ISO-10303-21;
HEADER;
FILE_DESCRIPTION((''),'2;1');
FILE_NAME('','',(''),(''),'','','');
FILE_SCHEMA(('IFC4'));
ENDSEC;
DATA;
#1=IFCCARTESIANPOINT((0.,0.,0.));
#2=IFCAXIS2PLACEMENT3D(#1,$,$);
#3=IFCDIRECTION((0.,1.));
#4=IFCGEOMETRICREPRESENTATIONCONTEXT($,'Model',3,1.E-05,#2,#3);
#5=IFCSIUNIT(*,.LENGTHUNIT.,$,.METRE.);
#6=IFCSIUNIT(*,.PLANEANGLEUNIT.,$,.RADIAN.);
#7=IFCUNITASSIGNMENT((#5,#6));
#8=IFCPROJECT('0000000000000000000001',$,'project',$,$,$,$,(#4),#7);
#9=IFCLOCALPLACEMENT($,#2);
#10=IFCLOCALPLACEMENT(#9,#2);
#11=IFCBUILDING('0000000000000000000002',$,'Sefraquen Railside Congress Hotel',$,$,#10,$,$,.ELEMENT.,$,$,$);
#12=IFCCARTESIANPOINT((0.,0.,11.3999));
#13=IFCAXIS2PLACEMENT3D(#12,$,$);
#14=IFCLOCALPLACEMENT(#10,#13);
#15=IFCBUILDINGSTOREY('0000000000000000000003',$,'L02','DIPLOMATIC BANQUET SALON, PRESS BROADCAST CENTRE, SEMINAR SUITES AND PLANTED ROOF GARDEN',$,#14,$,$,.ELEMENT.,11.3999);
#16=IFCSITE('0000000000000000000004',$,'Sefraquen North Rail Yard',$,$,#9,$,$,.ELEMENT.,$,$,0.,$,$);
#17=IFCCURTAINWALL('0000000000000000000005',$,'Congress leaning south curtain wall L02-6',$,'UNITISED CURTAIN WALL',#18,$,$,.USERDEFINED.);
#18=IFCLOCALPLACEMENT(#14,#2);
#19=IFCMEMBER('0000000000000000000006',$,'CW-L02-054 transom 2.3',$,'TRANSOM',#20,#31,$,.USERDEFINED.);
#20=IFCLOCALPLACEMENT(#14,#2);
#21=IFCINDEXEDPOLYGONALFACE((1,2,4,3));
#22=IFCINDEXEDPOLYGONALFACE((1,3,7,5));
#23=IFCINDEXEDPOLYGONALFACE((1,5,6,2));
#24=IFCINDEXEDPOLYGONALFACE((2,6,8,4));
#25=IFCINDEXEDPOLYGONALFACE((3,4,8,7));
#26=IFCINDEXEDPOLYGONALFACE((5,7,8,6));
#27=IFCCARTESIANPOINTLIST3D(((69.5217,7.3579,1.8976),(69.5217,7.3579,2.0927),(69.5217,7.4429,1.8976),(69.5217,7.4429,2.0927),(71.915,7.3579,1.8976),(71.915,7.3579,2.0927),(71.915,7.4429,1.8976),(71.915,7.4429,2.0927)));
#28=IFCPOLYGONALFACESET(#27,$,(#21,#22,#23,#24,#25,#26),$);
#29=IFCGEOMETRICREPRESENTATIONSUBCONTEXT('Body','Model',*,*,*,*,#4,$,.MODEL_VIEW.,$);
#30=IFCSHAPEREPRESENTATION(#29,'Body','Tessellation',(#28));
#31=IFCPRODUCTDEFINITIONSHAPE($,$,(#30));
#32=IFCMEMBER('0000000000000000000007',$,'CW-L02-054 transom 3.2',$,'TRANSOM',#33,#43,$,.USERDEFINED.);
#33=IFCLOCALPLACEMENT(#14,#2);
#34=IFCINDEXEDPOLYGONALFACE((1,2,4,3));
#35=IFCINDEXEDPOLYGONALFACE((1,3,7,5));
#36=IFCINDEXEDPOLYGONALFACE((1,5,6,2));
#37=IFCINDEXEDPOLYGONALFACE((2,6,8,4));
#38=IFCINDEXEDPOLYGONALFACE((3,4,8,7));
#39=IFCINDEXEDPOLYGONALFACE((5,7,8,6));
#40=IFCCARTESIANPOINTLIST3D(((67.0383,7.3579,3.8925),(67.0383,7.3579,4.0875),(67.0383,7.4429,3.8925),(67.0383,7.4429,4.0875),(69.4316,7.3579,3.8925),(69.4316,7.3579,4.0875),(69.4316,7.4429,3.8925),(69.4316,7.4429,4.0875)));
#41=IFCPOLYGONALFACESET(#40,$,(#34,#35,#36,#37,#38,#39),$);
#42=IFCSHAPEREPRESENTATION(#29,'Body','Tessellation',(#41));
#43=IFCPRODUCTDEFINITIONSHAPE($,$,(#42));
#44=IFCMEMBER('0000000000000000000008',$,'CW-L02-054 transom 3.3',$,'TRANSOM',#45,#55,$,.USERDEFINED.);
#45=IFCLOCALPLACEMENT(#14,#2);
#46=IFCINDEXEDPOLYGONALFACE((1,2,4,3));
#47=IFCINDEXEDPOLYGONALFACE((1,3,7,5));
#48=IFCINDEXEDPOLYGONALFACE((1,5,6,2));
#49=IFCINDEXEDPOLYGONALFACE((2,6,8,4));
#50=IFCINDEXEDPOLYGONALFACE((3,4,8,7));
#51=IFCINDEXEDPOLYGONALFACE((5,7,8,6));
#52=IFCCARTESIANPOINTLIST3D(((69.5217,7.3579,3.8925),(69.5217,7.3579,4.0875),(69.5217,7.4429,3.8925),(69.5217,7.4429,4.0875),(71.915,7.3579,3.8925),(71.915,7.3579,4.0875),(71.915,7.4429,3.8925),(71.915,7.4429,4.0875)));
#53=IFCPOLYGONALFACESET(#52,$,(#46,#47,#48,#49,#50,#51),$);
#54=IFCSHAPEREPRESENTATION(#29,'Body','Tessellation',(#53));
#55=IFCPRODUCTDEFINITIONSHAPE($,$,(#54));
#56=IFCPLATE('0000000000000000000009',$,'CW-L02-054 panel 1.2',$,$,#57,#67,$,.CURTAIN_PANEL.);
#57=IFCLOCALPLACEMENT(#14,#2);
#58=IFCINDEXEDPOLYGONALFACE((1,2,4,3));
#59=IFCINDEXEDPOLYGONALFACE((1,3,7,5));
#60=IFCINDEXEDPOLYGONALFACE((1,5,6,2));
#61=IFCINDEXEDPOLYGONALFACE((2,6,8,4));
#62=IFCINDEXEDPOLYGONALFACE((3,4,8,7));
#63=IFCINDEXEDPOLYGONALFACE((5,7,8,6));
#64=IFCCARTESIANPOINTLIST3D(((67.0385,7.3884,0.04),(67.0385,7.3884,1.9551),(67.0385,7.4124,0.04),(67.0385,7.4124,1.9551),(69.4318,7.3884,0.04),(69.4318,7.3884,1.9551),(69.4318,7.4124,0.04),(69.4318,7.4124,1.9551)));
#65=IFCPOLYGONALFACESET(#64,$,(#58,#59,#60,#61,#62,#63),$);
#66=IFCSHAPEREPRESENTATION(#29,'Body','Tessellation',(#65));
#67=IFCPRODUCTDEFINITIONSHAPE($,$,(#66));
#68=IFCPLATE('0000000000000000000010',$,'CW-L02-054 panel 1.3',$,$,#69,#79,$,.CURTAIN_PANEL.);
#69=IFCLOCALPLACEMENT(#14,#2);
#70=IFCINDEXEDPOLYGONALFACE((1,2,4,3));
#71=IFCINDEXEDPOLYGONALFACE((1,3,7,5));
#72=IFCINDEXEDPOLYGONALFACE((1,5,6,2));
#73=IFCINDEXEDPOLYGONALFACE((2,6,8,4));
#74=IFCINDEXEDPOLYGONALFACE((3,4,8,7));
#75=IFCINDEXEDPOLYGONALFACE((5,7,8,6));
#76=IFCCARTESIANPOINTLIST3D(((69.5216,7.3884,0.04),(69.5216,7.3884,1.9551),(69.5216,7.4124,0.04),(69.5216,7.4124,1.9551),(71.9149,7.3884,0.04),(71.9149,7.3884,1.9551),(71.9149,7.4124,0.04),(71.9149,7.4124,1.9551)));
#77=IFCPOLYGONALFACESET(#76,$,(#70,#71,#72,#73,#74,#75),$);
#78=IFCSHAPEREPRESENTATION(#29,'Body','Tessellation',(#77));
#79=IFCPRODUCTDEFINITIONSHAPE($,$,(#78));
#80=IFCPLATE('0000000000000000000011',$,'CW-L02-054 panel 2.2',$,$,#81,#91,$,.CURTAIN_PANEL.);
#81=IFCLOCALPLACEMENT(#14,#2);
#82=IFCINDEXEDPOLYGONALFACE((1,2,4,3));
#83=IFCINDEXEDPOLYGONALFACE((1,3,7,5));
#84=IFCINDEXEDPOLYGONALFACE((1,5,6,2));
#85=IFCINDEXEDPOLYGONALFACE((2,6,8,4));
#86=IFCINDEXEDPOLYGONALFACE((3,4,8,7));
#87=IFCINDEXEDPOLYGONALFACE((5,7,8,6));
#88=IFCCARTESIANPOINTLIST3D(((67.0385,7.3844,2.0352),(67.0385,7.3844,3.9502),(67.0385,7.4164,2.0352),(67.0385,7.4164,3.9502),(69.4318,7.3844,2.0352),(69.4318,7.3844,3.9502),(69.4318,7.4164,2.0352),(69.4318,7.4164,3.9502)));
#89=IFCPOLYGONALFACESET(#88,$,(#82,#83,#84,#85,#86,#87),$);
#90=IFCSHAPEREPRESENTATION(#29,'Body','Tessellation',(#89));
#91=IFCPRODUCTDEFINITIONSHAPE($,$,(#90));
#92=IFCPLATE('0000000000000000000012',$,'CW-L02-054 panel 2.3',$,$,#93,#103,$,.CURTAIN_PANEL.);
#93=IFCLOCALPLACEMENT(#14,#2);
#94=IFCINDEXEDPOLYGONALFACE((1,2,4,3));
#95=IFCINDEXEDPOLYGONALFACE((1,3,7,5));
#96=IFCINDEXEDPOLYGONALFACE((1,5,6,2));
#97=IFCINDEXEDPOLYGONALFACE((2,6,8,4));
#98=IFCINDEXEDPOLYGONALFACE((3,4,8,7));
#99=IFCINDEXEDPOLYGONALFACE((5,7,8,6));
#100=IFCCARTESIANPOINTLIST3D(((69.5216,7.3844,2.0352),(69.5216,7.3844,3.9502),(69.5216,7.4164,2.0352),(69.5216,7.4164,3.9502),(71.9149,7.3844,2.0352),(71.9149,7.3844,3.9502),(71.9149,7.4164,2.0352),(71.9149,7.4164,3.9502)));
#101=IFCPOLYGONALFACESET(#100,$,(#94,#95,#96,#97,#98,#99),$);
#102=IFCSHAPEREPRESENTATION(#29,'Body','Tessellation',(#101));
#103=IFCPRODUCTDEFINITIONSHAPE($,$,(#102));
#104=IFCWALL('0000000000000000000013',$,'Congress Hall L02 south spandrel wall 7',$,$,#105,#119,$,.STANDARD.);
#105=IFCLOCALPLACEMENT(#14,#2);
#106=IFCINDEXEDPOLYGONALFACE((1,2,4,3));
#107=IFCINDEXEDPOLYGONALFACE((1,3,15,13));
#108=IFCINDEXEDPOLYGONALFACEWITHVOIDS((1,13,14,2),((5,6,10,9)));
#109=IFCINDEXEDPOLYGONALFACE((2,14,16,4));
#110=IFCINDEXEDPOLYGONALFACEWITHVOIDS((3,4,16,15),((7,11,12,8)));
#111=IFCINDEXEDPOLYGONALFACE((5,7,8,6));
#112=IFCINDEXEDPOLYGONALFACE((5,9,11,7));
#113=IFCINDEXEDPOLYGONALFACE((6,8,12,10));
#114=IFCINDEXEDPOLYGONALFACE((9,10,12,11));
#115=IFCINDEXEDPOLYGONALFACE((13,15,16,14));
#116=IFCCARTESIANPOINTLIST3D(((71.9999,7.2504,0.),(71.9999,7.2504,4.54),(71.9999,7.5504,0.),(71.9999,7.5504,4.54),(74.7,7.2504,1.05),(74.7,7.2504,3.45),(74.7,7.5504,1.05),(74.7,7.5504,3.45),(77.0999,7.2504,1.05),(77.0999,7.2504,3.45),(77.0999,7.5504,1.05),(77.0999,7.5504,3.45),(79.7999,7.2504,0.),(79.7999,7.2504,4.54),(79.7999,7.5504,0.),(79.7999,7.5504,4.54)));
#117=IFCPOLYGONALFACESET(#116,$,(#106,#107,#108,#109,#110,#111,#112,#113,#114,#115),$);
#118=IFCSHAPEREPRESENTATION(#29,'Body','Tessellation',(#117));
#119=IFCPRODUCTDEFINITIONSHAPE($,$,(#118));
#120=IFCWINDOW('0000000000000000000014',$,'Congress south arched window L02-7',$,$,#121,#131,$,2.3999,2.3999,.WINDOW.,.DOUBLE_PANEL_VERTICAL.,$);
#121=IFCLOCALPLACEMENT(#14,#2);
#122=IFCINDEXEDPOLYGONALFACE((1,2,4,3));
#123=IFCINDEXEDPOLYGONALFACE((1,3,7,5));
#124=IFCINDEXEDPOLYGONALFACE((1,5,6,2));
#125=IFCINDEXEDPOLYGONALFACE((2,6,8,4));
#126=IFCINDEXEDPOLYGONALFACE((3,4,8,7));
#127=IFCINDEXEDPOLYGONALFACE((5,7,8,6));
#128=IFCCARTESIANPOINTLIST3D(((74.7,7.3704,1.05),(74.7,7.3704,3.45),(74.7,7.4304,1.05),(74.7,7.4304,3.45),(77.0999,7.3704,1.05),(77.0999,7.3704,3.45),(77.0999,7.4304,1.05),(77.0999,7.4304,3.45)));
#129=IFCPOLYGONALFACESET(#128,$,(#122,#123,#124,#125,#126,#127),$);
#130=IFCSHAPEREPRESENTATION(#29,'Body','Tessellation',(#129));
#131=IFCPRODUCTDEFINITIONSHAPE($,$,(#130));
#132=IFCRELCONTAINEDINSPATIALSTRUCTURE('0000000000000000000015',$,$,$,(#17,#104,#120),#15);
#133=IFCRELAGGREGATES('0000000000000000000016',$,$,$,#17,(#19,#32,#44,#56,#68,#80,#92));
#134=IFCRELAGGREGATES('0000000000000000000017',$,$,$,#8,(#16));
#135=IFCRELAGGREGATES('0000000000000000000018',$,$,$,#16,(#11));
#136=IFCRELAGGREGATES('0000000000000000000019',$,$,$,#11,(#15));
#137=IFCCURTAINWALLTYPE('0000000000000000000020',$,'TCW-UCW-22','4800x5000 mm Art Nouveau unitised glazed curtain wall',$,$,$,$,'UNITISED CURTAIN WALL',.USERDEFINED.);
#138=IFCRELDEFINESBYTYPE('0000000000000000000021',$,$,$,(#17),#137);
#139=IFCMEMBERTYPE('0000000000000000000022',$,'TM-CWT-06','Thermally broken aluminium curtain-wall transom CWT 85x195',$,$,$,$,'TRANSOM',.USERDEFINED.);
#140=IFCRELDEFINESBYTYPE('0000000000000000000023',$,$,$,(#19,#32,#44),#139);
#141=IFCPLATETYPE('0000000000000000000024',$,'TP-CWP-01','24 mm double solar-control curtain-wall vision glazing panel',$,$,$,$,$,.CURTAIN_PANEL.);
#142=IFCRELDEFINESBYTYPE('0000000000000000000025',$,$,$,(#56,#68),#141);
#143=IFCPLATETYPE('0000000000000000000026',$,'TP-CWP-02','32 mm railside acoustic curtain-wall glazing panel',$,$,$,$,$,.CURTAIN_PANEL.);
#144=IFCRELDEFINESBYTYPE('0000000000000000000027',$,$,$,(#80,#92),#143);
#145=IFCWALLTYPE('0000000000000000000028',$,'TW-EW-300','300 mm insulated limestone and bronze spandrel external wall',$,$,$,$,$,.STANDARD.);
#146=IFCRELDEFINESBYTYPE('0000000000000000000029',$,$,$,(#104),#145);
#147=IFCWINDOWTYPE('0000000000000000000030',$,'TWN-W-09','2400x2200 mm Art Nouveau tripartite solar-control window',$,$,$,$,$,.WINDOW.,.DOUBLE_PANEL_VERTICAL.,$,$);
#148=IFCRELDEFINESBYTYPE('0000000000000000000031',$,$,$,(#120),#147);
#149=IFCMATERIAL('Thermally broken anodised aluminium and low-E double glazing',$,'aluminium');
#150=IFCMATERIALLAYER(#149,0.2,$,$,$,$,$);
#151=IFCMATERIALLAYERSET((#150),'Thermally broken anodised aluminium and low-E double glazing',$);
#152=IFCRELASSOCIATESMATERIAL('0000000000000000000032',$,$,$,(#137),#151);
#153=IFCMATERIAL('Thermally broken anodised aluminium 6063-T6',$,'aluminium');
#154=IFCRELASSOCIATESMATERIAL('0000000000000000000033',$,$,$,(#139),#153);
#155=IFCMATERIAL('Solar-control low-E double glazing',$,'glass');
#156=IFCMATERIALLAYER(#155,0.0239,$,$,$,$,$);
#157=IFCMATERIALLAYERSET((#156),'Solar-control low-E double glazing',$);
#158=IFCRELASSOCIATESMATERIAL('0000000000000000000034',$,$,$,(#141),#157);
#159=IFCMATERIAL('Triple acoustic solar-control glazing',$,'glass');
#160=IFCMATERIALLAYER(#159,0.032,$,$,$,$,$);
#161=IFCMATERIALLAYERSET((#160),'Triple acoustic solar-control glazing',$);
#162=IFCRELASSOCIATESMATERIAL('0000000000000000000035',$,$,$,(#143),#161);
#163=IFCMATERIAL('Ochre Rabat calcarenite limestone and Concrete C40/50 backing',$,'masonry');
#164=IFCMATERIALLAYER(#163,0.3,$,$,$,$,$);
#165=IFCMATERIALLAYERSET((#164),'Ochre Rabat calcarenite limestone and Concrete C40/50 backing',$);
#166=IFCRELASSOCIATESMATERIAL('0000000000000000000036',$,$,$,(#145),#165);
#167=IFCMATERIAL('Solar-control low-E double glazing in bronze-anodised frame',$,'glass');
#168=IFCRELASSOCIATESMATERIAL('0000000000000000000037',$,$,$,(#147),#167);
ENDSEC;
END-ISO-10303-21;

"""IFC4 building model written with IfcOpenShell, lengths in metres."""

from ifc_helpers import new_model, si_unit, direction, frame, frame_2d, origin, origin_2d, place, context, subcontext, project, spatial, rectangle, extrude, material, layer, layer_set, material_profile, profile_set, type_object, element, fill, aggregate, save


model = new_model("IFC4")

# Units and contexts
model_context = context("Model", 3, precision=1e-05, world=origin(), true_north=direction((0.0, 1.0)))
body_context = subcontext(model_context, "Body", "Model", "MODEL_VIEW")
ifc_project = project(units=[si_unit("LENGTHUNIT", "METRE"), si_unit("PLANEANGLEUNIT", "RADIAN")], contexts=[model_context])

# Site, building, storey
site_placement = place(None, origin())
site = spatial("IfcSite", under=ifc_project, at=site_placement, Name="Sefraquen North Rail Yard", CompositionType="ELEMENT", RefElevation=0.0)
building_placement = place(site_placement, origin())
building = spatial("IfcBuilding", under=site, at=building_placement, Name="Sefraquen Railside Congress Hotel", CompositionType="ELEMENT")
storey_placement = place(building_placement, frame((0.0, 0.0, 11.3999)))
storey = spatial("IfcBuildingStorey", under=building, at=storey_placement, Name="L02", Description="DIPLOMATIC BANQUET SALON, PRESS BROADCAST CENTRE, SEMINAR SUITES AND PLANTED ROOF GARDEN", CompositionType="ELEMENT", Elevation=11.3999)

# Curtain wall, members, plates
ifc_material_1 = material(Name="Thermally broken anodised aluminium and low-E double glazing", Category="aluminium")
ifc_layer_1 = layer(ifc_material_1, 0.2)
ifc_layer_set_1 = layer_set([ifc_layer_1], Name="Thermally broken anodised aluminium and low-E double glazing")
curtain_wall_type = type_object("IfcCurtainWallType", Name="TCW-UCW-22", Description="4800x5000 mm Art Nouveau unitised glazed curtain wall", ElementType="UNITISED CURTAIN WALL", PredefinedType="USERDEFINED", material=ifc_layer_set_1)
curtain_wall_placement = place(storey_placement, origin())
curtain_wall = element("IfcCurtainWall", 1, at=curtain_wall_placement, inside=storey, type_object=curtain_wall_type, Name="Congress leaning south curtain wall L02-6", ObjectType="UNITISED CURTAIN WALL", PredefinedType="USERDEFINED")
ifc_material_2 = material(Name="Thermally broken anodised aluminium 6063-T6", Category="aluminium")
ifc_material_profile_1 = material_profile(ifc_material_2, rectangle(XDim=0.085, YDim=0.1951, at=origin_2d()), Name="CWT 85x195")
ifc_profile_set_1 = profile_set([ifc_material_profile_1], Name="Thermally broken anodised aluminium 6063-T6")
member_type_1 = type_object("IfcMemberType", Name="TM-CWT-06", Description="Thermally broken aluminium curtain-wall transom CWT 85x195", ElementType="TRANSOM", PredefinedType="USERDEFINED", material=ifc_profile_set_1)
member_1_placement = place(storey_placement, frame((69.5217, 7.4004, 1.9951), z_axis=(1.0, 0.0, 0.0), x_axis=(0.0, 1.0, 0.0)))
member_1 = element("IfcMember", 2, at=member_1_placement, type_object=member_type_1, Name="CW-L02-054 transom 2.3", ObjectType="TRANSOM", PredefinedType="USERDEFINED", context=body_context, shape_type="SweptSolid", body=[
    extrude(rectangle(XDim=0.085, YDim=0.1951, at=origin_2d()), origin(), (0.0, 0.0, 1.0), 2.3933),
])
member_2_placement = place(storey_placement, frame((67.0383, 7.4004, 3.99), z_axis=(1.0, 0.0, 0.0), x_axis=(0.0, 1.0, 0.0)))
member_2 = element("IfcMember", 3, at=member_2_placement, type_object=member_type_1, Name="CW-L02-054 transom 3.2", ObjectType="TRANSOM", PredefinedType="USERDEFINED", context=body_context, shape_type="SweptSolid", body=[
    extrude(rectangle(XDim=0.085, YDim=0.1951, at=origin_2d()), origin(), (0.0, 0.0, 1.0), 2.3933),
])
member_3_placement = place(storey_placement, frame((69.5217, 7.4004, 3.99), z_axis=(1.0, 0.0, 0.0), x_axis=(0.0, 1.0, 0.0)))
member_3 = element("IfcMember", 4, at=member_3_placement, type_object=member_type_1, Name="CW-L02-054 transom 3.3", ObjectType="TRANSOM", PredefinedType="USERDEFINED", context=body_context, shape_type="SweptSolid", body=[
    extrude(rectangle(XDim=0.085, YDim=0.1951, at=origin_2d()), origin(), (0.0, 0.0, 1.0), 2.3933),
])
ifc_material_3 = material(Name="Solar-control low-E double glazing", Category="glass")
ifc_layer_2 = layer(ifc_material_3, 0.0239)
ifc_layer_set_2 = layer_set([ifc_layer_2], Name="Solar-control low-E double glazing")
plate_type_1 = type_object("IfcPlateType", Name="TP-CWP-01", Description="24 mm double solar-control curtain-wall vision glazing panel", PredefinedType="CURTAIN_PANEL", material=ifc_layer_set_2)
plate_1_placement = place(storey_placement, frame((68.2351, 7.4004, 0.04), z_axis=(0.0, 0.0, 1.0), x_axis=(1.0, 0.0, 0.0)))
plate_1 = element("IfcPlate", 5, at=plate_1_placement, type_object=plate_type_1, Name="CW-L02-054 panel 1.2", PredefinedType="CURTAIN_PANEL", context=body_context, shape_type="SweptSolid", body=[
    extrude(rectangle(XDim=2.3933, YDim=0.0239, at=origin_2d()), origin(), (0.0, 0.0, 1.0), 1.915),
])
plate_2_placement = place(storey_placement, frame((70.7183, 7.4004, 0.04), z_axis=(0.0, 0.0, 1.0), x_axis=(1.0, 0.0, 0.0)))
plate_2 = element("IfcPlate", 6, at=plate_2_placement, type_object=plate_type_1, Name="CW-L02-054 panel 1.3", PredefinedType="CURTAIN_PANEL", context=body_context, shape_type="SweptSolid", body=[
    extrude(rectangle(XDim=2.3933, YDim=0.0239, at=origin_2d()), origin(), (0.0, 0.0, 1.0), 1.915),
])
ifc_material_4 = material(Name="Triple acoustic solar-control glazing", Category="glass")
ifc_layer_3 = layer(ifc_material_4, 0.032)
ifc_layer_set_3 = layer_set([ifc_layer_3], Name="Triple acoustic solar-control glazing")
plate_type_2 = type_object("IfcPlateType", Name="TP-CWP-02", Description="32 mm railside acoustic curtain-wall glazing panel", PredefinedType="CURTAIN_PANEL", material=ifc_layer_set_3)
plate_3_placement = place(storey_placement, frame((68.2351, 7.4004, 2.0352), z_axis=(0.0, 0.0, 1.0), x_axis=(1.0, 0.0, 0.0)))
plate_3 = element("IfcPlate", 7, at=plate_3_placement, type_object=plate_type_2, Name="CW-L02-054 panel 2.2", PredefinedType="CURTAIN_PANEL", context=body_context, shape_type="SweptSolid", body=[
    extrude(rectangle(XDim=2.3933, YDim=0.032, at=origin_2d()), origin(), (0.0, 0.0, 1.0), 1.915),
])
plate_4_placement = place(storey_placement, frame((70.7183, 7.4004, 2.0352), z_axis=(0.0, 0.0, 1.0), x_axis=(1.0, 0.0, 0.0)))
plate_4 = element("IfcPlate", 8, at=plate_4_placement, type_object=plate_type_2, Name="CW-L02-054 panel 2.3", PredefinedType="CURTAIN_PANEL", context=body_context, shape_type="SweptSolid", body=[
    extrude(rectangle(XDim=2.3933, YDim=0.032, at=origin_2d()), origin(), (0.0, 0.0, 1.0), 1.915),
])
aggregate(curtain_wall, [member_1, member_2, member_3, plate_1, plate_2, plate_3, plate_4])

# Wall, opening, window
ifc_material_5 = material(Name="Ochre Rabat calcarenite limestone and Concrete C40/50 backing", Category="masonry")
ifc_layer_4 = layer(ifc_material_5, 0.3)
ifc_layer_set_4 = layer_set([ifc_layer_4], Name="Ochre Rabat calcarenite limestone and Concrete C40/50 backing")
wall_type = type_object("IfcWallType", Name="TW-EW-300", Description="300 mm insulated limestone and bronze spandrel external wall", PredefinedType="STANDARD", material=ifc_layer_set_4)
wall_placement = place(storey_placement, frame((72.0, 7.4004, 0.0), z_axis=(0.0, 0.0, 1.0), x_axis=(1.0, 0.0, 0.0)))
wall = element("IfcWall", 9, at=wall_placement, inside=storey, type_object=wall_type, Name="Congress Hall L02 south spandrel wall 7", PredefinedType="STANDARD", context=body_context, shape_type="SweptSolid", body=[
    extrude(rectangle(XDim=7.8, YDim=0.3, at=frame_2d((3.8999, 0.0))), origin(), (0.0, 0.0, 1.0), 4.54),
])
opening_placement = place(wall_placement, frame((2.7, 0.0, 1.05)))
opening = element("IfcOpeningElement", 10, at=opening_placement, cuts=wall, PredefinedType="OPENING", context=body_context, shape_type="SweptSolid", body=[
    extrude(rectangle(XDim=2.3999, YDim=2.3999, at=frame_2d((1.2, 1.2))), frame((0.0, 0.1599, 0.0), z_axis=(0.0, -1.0, 0.0), x_axis=(1.0, 0.0, 0.0)), (0.0, 0.0, 1.0), 0.3201),
])
ifc_material_6 = material(Name="Solar-control low-E double glazing in bronze-anodised frame", Category="glass")
window_type = type_object("IfcWindowType", Name="TWN-W-09", Description="2400x2200 mm Art Nouveau tripartite solar-control window", PartitioningType="DOUBLE_PANEL_VERTICAL", PredefinedType="WINDOW", material=ifc_material_6)
window_placement = place(opening_placement, origin())
window = element("IfcWindow", 11, at=window_placement, inside=storey, type_object=window_type, Name="Congress south arched window L02-7", OverallHeight=2.3999, OverallWidth=2.3999, PartitioningType="DOUBLE_PANEL_VERTICAL", PredefinedType="WINDOW", context=body_context, shape_type="SweptSolid", body=[
    extrude(rectangle(XDim=2.3999, YDim=2.3999, at=frame_2d((1.2, 1.2))), frame((0.0, 0.03, 0.0), z_axis=(0.0, -1.0, 0.0), x_axis=(1.0, 0.0, 0.0)), (0.0, 0.0, 1.0), 0.0601),
])
fill(opening, window)

save(model, "model.ifc")
